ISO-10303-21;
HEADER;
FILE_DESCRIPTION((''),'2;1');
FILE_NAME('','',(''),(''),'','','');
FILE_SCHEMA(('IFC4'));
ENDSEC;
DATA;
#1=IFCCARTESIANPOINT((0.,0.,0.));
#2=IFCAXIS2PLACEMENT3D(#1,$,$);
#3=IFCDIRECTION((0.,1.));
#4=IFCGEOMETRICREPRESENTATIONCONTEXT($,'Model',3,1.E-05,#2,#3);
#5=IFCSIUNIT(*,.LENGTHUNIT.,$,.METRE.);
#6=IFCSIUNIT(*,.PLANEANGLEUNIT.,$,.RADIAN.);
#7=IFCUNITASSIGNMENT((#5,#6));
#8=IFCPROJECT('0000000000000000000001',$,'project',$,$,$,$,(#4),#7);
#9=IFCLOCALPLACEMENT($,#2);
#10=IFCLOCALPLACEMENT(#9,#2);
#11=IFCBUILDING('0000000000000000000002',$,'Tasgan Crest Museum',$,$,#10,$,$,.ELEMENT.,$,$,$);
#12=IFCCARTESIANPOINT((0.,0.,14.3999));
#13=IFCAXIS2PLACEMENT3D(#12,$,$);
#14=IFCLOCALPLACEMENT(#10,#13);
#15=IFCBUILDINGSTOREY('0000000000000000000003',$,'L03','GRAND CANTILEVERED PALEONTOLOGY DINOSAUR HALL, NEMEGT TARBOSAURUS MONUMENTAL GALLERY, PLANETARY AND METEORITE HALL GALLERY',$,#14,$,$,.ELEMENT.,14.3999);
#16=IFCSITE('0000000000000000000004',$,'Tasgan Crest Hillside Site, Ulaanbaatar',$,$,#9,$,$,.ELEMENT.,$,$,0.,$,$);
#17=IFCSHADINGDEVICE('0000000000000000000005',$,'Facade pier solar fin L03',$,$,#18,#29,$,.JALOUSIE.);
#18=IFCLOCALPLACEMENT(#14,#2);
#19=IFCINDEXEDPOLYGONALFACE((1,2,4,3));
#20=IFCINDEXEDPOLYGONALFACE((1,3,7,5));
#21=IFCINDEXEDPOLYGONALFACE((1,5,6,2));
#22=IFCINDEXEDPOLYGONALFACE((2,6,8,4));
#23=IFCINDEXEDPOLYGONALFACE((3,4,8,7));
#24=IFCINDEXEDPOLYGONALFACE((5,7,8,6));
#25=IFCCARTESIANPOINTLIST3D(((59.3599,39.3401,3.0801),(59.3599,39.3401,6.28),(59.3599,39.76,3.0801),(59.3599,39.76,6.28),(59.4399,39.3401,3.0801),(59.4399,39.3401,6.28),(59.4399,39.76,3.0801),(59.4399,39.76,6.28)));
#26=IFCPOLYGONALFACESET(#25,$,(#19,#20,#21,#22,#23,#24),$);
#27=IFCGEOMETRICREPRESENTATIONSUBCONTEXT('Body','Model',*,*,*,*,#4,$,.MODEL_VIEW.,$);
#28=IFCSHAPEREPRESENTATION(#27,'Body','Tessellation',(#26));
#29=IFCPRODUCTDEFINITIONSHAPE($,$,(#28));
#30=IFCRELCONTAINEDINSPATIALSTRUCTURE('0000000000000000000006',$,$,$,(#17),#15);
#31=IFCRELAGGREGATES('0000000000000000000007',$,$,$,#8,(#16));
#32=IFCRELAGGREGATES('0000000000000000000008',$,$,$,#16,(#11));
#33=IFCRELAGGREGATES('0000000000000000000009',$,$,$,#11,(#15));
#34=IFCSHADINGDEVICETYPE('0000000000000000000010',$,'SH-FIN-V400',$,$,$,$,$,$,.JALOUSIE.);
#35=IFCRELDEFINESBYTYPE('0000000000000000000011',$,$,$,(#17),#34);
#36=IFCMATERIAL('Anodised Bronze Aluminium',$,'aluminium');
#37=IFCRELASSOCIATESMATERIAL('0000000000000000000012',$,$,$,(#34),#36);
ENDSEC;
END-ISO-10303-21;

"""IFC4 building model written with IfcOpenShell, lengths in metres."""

from ifc_helpers import new_model, si_unit, direction, frame, origin, origin_2d, place, context, subcontext, project, spatial, rectangle, extrude, material, type_object, element, save


model = new_model("IFC4")

# Units and contexts
model_context = context("Model", 3, precision=1e-05, world=origin(), true_north=direction((0.0, 1.0)))
body_context = subcontext(model_context, "Body", "Model", "MODEL_VIEW")
ifc_project = project(units=[si_unit("LENGTHUNIT", "METRE"), si_unit("PLANEANGLEUNIT", "RADIAN")], contexts=[model_context])

# Site, building, storey
site_placement = place(None, origin())
site = spatial("IfcSite", under=ifc_project, at=site_placement, Name="Tasgan Crest Hillside Site, Ulaanbaatar", CompositionType="ELEMENT", RefElevation=0.0)
building_placement = place(site_placement, origin())
building = spatial("IfcBuilding", under=site, at=building_placement, Name="Tasgan Crest Museum", CompositionType="ELEMENT")
storey_placement = place(building_placement, frame((0.0, 0.0, 14.3999)))
storey = spatial("IfcBuildingStorey", under=building, at=storey_placement, Name="L03", Description="GRAND CANTILEVERED PALEONTOLOGY DINOSAUR HALL, NEMEGT TARBOSAURUS MONUMENTAL GALLERY, PLANETARY AND METEORITE HALL GALLERY", CompositionType="ELEMENT", Elevation=14.3999)

# Shading device
ifc_material_1 = material(Name="Anodised Bronze Aluminium", Category="aluminium")
shading_device_type = type_object("IfcShadingDeviceType", Name="SH-FIN-V400", PredefinedType="JALOUSIE", material=ifc_material_1)
shading_device_placement = place(storey_placement, frame((59.3999, 39.55, 3.0801), z_axis=(0.0, 0.0, 1.0), x_axis=(1.0, 0.0, 0.0)))
element("IfcShadingDevice", 1, at=shading_device_placement, inside=storey, type_object=shading_device_type, Name="Facade pier solar fin L03", PredefinedType="JALOUSIE", context=body_context, shape_type="SweptSolid", body=[
    extrude(rectangle(XDim=0.0801, YDim=0.4199, at=origin_2d()), origin(), (0.0, 0.0, 1.0), 3.2),
])

save(model, "model.ifc")
